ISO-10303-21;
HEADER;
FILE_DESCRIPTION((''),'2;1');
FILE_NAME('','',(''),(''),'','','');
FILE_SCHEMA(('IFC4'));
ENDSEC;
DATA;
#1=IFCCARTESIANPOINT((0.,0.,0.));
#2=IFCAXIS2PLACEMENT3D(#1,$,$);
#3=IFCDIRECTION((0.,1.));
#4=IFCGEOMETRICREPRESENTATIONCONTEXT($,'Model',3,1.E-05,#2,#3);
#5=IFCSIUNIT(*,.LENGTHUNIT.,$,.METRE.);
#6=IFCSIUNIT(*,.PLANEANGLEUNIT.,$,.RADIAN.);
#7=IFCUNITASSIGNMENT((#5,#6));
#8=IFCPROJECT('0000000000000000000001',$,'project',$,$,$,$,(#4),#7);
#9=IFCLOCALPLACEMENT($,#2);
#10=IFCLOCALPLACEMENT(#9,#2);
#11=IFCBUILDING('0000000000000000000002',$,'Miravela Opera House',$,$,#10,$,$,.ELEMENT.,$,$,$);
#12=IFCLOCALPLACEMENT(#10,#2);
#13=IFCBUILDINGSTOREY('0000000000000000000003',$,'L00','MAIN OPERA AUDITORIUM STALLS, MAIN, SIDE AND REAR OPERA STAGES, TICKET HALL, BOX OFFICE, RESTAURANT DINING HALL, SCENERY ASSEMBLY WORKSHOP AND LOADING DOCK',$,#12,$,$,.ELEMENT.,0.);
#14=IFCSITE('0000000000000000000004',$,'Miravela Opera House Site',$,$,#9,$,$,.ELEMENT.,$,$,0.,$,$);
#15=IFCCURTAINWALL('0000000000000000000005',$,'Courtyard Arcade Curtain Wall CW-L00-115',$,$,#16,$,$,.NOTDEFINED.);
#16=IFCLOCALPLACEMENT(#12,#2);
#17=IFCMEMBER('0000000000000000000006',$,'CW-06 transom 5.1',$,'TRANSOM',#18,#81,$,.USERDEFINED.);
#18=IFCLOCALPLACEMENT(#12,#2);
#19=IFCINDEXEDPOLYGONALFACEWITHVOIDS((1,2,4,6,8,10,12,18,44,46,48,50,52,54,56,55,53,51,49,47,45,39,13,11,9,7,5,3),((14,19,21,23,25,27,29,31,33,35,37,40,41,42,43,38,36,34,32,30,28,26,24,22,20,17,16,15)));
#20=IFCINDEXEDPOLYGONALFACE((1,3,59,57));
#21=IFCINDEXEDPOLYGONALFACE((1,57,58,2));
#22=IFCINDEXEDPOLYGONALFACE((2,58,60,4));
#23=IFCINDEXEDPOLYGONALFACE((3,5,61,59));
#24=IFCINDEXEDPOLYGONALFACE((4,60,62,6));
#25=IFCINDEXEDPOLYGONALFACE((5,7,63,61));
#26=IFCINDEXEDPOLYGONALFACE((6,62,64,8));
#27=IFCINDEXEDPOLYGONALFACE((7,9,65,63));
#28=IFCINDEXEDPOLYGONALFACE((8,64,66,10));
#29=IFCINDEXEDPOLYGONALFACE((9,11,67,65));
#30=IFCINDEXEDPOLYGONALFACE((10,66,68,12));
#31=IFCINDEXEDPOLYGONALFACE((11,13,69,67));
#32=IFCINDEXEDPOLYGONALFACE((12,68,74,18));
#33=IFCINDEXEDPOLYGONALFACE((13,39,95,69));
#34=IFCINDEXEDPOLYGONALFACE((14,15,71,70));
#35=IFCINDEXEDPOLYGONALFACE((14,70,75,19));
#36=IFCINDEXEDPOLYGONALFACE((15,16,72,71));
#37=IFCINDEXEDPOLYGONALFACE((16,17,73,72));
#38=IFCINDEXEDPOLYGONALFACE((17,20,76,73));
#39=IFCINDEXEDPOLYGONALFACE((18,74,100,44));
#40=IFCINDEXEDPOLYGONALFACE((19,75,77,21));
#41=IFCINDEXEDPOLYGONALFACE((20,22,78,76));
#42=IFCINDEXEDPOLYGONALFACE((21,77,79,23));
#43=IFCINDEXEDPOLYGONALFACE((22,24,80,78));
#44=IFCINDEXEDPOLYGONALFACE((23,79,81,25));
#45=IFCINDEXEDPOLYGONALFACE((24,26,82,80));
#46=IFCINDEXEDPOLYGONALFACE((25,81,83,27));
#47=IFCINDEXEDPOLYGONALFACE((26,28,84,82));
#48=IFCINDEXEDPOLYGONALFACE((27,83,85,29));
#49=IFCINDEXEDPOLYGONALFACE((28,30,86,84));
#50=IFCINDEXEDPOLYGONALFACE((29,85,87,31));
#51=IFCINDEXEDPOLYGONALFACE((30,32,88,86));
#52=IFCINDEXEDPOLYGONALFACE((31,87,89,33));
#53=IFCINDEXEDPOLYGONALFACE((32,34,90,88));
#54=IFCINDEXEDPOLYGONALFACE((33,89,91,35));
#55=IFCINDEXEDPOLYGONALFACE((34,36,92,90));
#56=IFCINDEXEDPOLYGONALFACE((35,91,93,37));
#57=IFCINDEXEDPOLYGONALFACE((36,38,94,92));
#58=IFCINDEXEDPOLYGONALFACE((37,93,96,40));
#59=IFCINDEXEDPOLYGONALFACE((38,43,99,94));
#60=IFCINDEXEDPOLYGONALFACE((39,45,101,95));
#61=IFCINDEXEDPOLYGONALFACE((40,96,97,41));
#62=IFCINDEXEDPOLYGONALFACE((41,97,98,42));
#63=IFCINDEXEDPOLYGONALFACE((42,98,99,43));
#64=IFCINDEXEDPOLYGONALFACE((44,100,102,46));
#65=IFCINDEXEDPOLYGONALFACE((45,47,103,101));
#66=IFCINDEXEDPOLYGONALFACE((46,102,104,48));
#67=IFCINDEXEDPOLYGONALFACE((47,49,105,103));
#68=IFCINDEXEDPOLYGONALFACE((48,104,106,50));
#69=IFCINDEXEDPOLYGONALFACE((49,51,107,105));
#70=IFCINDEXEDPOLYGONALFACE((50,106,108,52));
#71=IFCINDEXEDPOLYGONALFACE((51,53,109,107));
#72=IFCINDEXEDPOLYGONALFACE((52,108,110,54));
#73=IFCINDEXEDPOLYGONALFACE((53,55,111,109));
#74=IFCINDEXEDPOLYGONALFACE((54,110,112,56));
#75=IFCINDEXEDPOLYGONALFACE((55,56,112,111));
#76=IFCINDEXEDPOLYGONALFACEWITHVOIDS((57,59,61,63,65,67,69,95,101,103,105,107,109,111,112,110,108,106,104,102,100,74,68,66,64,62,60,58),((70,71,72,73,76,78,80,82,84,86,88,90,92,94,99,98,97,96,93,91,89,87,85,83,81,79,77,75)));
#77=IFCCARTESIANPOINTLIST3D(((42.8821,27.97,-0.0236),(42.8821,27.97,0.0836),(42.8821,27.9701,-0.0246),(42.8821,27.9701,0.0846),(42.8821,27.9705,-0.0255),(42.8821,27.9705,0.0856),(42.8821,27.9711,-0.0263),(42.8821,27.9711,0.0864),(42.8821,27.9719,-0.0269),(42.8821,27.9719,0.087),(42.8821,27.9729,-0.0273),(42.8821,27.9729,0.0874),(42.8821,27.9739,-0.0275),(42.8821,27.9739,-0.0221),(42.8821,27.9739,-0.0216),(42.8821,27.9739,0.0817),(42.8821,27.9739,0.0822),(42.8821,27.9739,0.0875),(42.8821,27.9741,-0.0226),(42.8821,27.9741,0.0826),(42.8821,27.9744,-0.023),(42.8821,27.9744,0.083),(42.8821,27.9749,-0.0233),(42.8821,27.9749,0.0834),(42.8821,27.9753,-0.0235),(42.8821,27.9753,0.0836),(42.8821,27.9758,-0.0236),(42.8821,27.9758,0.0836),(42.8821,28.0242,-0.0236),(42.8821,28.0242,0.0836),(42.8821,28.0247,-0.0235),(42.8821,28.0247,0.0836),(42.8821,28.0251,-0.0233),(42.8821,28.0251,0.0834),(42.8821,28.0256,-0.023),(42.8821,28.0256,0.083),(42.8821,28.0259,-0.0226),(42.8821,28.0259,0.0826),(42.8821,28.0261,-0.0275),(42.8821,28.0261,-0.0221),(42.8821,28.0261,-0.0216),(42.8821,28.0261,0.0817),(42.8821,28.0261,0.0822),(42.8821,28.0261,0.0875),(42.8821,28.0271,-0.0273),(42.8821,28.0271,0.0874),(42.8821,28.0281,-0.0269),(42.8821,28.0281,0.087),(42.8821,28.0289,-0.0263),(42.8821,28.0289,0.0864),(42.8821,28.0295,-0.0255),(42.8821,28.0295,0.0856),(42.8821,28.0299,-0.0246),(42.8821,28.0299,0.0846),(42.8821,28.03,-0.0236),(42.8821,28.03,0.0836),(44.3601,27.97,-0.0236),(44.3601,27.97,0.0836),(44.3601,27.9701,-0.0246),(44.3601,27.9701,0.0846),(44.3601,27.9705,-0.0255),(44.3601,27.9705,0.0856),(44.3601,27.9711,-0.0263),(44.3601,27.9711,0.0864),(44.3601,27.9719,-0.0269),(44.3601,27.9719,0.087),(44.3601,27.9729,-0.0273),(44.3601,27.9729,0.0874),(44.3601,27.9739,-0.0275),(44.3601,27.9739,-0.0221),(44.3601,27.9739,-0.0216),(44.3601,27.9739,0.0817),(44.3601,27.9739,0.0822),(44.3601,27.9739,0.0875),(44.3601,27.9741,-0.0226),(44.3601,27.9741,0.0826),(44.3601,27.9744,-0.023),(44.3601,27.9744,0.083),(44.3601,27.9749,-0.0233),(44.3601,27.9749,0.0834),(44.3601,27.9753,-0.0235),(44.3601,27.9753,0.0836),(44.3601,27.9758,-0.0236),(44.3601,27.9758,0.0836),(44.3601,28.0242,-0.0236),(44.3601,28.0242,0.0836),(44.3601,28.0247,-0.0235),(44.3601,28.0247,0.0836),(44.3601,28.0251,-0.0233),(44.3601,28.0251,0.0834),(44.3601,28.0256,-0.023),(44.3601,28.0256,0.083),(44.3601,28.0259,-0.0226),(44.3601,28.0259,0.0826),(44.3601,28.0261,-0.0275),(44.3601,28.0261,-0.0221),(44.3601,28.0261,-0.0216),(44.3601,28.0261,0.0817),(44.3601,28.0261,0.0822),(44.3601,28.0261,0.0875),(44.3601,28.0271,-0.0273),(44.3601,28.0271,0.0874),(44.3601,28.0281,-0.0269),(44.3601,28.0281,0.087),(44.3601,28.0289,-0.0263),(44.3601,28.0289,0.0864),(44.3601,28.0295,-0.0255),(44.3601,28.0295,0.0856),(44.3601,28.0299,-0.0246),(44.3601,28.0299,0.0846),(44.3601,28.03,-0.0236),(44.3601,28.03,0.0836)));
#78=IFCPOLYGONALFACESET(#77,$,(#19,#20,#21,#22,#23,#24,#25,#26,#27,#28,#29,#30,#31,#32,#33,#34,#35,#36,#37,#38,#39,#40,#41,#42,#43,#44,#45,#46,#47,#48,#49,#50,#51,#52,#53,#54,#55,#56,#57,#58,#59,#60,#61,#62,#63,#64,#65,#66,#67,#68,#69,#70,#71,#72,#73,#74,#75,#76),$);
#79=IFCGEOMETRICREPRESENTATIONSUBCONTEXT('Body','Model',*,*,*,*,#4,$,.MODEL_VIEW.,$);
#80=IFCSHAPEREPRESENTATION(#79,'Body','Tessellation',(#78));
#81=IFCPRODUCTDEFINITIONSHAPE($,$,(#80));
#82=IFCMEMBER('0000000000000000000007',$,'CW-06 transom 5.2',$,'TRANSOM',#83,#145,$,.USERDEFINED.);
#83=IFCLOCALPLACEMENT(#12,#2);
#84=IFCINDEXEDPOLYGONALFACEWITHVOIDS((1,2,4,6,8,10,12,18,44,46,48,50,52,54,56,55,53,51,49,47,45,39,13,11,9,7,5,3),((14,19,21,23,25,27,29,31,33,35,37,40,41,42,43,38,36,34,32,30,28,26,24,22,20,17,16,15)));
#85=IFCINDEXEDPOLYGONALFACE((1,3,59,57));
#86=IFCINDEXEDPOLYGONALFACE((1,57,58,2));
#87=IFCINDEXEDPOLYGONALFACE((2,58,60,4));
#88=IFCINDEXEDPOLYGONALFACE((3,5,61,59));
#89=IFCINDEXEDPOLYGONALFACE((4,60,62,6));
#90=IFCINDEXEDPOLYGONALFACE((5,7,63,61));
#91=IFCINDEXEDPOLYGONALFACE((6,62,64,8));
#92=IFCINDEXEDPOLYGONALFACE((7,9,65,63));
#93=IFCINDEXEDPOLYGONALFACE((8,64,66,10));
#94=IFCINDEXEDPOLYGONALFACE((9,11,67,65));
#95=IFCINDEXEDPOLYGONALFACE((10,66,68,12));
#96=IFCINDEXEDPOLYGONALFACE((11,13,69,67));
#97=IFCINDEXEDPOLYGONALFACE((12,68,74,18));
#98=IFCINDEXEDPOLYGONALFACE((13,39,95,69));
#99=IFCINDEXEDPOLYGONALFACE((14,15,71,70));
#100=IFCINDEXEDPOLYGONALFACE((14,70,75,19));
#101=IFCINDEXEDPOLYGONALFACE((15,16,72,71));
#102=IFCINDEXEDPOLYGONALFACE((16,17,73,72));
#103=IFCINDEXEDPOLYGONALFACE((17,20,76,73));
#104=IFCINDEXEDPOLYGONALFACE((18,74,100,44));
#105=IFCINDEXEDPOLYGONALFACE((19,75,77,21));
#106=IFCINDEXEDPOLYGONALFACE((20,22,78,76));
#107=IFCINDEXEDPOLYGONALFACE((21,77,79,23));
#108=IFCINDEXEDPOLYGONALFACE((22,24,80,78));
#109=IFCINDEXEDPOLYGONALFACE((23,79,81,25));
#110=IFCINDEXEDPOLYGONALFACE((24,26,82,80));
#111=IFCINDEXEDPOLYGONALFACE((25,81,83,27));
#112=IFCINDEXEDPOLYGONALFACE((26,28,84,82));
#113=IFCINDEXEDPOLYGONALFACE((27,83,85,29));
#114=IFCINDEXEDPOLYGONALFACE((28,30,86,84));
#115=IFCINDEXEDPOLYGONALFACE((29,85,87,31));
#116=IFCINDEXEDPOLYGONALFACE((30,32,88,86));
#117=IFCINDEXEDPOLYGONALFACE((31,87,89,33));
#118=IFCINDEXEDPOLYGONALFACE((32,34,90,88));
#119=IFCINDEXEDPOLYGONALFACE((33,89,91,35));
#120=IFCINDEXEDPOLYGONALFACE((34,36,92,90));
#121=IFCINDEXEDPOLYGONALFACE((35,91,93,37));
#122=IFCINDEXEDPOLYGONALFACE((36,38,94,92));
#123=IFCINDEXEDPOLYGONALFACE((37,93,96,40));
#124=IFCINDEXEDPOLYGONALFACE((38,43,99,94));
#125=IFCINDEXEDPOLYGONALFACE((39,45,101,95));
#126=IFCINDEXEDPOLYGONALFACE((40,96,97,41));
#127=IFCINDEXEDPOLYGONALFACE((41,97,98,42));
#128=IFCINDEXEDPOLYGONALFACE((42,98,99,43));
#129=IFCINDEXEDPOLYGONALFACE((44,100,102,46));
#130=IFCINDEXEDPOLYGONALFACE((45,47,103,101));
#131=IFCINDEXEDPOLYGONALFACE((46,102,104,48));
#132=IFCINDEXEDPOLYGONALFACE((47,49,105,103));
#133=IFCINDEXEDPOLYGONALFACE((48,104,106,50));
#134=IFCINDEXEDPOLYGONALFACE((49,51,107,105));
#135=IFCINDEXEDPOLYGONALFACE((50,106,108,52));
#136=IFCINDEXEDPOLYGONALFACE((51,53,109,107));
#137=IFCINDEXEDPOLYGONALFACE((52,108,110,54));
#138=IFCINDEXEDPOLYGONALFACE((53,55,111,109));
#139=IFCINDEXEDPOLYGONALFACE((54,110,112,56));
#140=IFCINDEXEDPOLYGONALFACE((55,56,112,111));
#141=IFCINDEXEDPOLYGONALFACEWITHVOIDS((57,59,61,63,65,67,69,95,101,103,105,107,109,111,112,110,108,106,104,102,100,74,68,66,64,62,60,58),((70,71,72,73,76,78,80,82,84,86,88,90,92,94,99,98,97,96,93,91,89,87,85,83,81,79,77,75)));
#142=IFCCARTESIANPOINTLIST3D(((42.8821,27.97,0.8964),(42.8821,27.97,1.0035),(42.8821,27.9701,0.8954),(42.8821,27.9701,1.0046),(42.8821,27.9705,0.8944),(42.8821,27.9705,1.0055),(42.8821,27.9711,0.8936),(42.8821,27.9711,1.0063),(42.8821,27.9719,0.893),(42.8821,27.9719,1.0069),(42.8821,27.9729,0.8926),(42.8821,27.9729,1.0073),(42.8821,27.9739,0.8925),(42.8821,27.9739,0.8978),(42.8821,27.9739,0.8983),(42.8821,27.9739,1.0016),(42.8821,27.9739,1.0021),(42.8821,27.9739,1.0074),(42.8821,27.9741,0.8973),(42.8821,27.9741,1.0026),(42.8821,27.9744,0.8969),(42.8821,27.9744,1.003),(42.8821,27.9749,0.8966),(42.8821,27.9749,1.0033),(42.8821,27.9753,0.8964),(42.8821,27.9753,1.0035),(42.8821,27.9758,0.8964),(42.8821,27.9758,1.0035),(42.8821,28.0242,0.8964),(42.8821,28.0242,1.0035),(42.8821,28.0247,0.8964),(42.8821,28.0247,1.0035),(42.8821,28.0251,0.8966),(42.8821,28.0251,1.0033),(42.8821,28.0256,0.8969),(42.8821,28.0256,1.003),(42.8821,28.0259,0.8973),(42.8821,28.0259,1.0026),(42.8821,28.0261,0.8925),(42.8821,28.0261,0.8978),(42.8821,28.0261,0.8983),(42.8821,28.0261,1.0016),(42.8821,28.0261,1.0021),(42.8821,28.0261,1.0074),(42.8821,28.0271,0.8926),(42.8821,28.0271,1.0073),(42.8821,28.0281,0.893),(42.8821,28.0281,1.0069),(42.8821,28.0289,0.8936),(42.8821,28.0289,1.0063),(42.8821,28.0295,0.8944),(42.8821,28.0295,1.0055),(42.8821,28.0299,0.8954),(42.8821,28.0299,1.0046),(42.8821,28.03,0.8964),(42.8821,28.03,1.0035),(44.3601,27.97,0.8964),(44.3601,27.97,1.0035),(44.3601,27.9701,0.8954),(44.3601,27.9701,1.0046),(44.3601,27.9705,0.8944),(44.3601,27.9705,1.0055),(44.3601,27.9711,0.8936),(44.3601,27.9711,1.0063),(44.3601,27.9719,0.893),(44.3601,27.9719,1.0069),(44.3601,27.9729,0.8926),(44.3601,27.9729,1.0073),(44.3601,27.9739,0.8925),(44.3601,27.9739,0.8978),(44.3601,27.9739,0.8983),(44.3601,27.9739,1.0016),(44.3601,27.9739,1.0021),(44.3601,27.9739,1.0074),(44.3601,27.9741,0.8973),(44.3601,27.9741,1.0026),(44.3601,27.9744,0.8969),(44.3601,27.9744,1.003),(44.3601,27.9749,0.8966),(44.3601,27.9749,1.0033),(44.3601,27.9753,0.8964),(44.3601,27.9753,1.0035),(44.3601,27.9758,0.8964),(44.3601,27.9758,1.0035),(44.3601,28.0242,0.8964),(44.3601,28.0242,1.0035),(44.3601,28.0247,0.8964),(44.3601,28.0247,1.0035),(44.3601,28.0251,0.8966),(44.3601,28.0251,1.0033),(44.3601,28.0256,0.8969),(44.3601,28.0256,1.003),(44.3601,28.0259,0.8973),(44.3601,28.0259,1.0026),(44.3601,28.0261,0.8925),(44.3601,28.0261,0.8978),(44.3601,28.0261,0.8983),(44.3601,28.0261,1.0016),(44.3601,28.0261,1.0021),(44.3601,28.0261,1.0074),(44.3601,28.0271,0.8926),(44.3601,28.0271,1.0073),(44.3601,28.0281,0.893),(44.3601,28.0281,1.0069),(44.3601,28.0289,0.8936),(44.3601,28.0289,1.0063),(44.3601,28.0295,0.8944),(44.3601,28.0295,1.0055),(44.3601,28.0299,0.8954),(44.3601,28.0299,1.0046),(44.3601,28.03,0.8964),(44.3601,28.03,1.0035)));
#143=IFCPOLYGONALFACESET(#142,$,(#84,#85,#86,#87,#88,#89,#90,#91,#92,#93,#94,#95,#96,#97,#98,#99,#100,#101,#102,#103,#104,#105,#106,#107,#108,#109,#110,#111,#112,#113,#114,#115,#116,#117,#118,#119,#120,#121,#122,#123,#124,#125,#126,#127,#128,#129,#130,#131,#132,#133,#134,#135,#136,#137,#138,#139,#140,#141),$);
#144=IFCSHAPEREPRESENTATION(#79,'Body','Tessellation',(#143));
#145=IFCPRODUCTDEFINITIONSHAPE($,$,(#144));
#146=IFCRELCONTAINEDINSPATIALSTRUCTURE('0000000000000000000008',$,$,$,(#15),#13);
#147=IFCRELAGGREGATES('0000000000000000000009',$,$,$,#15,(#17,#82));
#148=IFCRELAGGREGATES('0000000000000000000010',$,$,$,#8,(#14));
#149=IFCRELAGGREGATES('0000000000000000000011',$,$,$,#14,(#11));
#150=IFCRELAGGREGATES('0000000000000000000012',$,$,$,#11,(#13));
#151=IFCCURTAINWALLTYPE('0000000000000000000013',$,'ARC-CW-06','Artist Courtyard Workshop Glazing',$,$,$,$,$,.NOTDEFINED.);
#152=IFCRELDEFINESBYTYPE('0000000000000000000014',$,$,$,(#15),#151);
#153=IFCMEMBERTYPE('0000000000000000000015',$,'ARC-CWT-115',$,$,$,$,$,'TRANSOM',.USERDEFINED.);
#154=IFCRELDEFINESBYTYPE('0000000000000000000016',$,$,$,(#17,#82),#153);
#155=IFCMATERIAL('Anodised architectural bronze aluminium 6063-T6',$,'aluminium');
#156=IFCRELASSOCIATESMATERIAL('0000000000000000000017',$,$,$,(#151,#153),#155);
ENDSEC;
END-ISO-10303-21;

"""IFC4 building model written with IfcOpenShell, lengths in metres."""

from ifc_helpers import new_model, si_unit, direction, frame, origin, origin_2d, place, context, subcontext, project, spatial, hollow_rectangle, extrude, material, material_profile, profile_set, type_object, element, aggregate, save


model = new_model("IFC4")

# Units and contexts
model_context = context("Model", 3, precision=1e-05, world=origin(), true_north=direction((0.0, 1.0)))
body_context = subcontext(model_context, "Body", "Model", "MODEL_VIEW")
ifc_project = project(units=[si_unit("LENGTHUNIT", "METRE"), si_unit("PLANEANGLEUNIT", "RADIAN")], contexts=[model_context])

# Site, building, storey
site_placement = place(None, origin())
site = spatial("IfcSite", under=ifc_project, at=site_placement, Name="Miravela Opera House Site", CompositionType="ELEMENT", RefElevation=0.0)
building_placement = place(site_placement, origin())
building = spatial("IfcBuilding", under=site, at=building_placement, Name="Miravela Opera House", CompositionType="ELEMENT")
storey_placement = place(building_placement, origin())
storey = spatial("IfcBuildingStorey", under=building, at=storey_placement, Name="L00", Description="MAIN OPERA AUDITORIUM STALLS, MAIN, SIDE AND REAR OPERA STAGES, TICKET HALL, BOX OFFICE, RESTAURANT DINING HALL, SCENERY ASSEMBLY WORKSHOP AND LOADING DOCK", CompositionType="ELEMENT", Elevation=0.0)

# Curtain wall, members
ifc_material_1 = material(Name="Anodised architectural bronze aluminium 6063-T6", Category="aluminium")
curtain_wall_type = type_object("IfcCurtainWallType", Name="ARC-CW-06", Description="Artist Courtyard Workshop Glazing", PredefinedType="NOTDEFINED", material=ifc_material_1)
curtain_wall_placement = place(storey_placement, origin())
curtain_wall = element("IfcCurtainWall", 1, at=curtain_wall_placement, inside=storey, type_object=curtain_wall_type, Name="Courtyard Arcade Curtain Wall CW-L00-115", PredefinedType="NOTDEFINED")
ifc_material_profile_1 = material_profile(ifc_material_1, hollow_rectangle(XDim=0.0601, YDim=0.115, WallThickness=0.0039, InnerFilletRadius=0.002, OuterFilletRadius=0.0039, at=origin_2d()), Name="CWT-60X115")
ifc_profile_set_1 = profile_set([ifc_material_profile_1])
member_type_1 = type_object("IfcMemberType", Name="ARC-CWT-115", ElementType="TRANSOM", PredefinedType="USERDEFINED", material=ifc_profile_set_1)
member_1_placement = place(storey_placement, frame((42.8821, 28.0, 0.03), z_axis=(1.0, 0.0, 0.0), x_axis=(0.0, 1.0, 0.0)))
member_1 = element("IfcMember", 2, at=member_1_placement, type_object=member_type_1, Name="CW-06 transom 5.1", ObjectType="TRANSOM", PredefinedType="USERDEFINED", context=body_context, shape_type="SweptSolid", body=[
    extrude(hollow_rectangle(XDim=0.0601, YDim=0.115, WallThickness=0.0039, InnerFilletRadius=0.002, OuterFilletRadius=0.0039, at=origin_2d()), origin(), (0.0, 0.0, 1.0), 1.478),
])
member_2_placement = place(storey_placement, frame((42.8821, 28.0, 0.95), z_axis=(1.0, 0.0, 0.0), x_axis=(0.0, 1.0, 0.0)))
member_2 = element("IfcMember", 3, at=member_2_placement, type_object=member_type_1, Name="CW-06 transom 5.2", ObjectType="TRANSOM", PredefinedType="USERDEFINED", context=body_context, shape_type="SweptSolid", body=[
    extrude(hollow_rectangle(XDim=0.0601, YDim=0.115, WallThickness=0.0039, InnerFilletRadius=0.002, OuterFilletRadius=0.0039, at=origin_2d()), origin(), (0.0, 0.0, 1.0), 1.478),
])

aggregate(curtain_wall, [member_1, member_2])

save(model, "model.ifc")
